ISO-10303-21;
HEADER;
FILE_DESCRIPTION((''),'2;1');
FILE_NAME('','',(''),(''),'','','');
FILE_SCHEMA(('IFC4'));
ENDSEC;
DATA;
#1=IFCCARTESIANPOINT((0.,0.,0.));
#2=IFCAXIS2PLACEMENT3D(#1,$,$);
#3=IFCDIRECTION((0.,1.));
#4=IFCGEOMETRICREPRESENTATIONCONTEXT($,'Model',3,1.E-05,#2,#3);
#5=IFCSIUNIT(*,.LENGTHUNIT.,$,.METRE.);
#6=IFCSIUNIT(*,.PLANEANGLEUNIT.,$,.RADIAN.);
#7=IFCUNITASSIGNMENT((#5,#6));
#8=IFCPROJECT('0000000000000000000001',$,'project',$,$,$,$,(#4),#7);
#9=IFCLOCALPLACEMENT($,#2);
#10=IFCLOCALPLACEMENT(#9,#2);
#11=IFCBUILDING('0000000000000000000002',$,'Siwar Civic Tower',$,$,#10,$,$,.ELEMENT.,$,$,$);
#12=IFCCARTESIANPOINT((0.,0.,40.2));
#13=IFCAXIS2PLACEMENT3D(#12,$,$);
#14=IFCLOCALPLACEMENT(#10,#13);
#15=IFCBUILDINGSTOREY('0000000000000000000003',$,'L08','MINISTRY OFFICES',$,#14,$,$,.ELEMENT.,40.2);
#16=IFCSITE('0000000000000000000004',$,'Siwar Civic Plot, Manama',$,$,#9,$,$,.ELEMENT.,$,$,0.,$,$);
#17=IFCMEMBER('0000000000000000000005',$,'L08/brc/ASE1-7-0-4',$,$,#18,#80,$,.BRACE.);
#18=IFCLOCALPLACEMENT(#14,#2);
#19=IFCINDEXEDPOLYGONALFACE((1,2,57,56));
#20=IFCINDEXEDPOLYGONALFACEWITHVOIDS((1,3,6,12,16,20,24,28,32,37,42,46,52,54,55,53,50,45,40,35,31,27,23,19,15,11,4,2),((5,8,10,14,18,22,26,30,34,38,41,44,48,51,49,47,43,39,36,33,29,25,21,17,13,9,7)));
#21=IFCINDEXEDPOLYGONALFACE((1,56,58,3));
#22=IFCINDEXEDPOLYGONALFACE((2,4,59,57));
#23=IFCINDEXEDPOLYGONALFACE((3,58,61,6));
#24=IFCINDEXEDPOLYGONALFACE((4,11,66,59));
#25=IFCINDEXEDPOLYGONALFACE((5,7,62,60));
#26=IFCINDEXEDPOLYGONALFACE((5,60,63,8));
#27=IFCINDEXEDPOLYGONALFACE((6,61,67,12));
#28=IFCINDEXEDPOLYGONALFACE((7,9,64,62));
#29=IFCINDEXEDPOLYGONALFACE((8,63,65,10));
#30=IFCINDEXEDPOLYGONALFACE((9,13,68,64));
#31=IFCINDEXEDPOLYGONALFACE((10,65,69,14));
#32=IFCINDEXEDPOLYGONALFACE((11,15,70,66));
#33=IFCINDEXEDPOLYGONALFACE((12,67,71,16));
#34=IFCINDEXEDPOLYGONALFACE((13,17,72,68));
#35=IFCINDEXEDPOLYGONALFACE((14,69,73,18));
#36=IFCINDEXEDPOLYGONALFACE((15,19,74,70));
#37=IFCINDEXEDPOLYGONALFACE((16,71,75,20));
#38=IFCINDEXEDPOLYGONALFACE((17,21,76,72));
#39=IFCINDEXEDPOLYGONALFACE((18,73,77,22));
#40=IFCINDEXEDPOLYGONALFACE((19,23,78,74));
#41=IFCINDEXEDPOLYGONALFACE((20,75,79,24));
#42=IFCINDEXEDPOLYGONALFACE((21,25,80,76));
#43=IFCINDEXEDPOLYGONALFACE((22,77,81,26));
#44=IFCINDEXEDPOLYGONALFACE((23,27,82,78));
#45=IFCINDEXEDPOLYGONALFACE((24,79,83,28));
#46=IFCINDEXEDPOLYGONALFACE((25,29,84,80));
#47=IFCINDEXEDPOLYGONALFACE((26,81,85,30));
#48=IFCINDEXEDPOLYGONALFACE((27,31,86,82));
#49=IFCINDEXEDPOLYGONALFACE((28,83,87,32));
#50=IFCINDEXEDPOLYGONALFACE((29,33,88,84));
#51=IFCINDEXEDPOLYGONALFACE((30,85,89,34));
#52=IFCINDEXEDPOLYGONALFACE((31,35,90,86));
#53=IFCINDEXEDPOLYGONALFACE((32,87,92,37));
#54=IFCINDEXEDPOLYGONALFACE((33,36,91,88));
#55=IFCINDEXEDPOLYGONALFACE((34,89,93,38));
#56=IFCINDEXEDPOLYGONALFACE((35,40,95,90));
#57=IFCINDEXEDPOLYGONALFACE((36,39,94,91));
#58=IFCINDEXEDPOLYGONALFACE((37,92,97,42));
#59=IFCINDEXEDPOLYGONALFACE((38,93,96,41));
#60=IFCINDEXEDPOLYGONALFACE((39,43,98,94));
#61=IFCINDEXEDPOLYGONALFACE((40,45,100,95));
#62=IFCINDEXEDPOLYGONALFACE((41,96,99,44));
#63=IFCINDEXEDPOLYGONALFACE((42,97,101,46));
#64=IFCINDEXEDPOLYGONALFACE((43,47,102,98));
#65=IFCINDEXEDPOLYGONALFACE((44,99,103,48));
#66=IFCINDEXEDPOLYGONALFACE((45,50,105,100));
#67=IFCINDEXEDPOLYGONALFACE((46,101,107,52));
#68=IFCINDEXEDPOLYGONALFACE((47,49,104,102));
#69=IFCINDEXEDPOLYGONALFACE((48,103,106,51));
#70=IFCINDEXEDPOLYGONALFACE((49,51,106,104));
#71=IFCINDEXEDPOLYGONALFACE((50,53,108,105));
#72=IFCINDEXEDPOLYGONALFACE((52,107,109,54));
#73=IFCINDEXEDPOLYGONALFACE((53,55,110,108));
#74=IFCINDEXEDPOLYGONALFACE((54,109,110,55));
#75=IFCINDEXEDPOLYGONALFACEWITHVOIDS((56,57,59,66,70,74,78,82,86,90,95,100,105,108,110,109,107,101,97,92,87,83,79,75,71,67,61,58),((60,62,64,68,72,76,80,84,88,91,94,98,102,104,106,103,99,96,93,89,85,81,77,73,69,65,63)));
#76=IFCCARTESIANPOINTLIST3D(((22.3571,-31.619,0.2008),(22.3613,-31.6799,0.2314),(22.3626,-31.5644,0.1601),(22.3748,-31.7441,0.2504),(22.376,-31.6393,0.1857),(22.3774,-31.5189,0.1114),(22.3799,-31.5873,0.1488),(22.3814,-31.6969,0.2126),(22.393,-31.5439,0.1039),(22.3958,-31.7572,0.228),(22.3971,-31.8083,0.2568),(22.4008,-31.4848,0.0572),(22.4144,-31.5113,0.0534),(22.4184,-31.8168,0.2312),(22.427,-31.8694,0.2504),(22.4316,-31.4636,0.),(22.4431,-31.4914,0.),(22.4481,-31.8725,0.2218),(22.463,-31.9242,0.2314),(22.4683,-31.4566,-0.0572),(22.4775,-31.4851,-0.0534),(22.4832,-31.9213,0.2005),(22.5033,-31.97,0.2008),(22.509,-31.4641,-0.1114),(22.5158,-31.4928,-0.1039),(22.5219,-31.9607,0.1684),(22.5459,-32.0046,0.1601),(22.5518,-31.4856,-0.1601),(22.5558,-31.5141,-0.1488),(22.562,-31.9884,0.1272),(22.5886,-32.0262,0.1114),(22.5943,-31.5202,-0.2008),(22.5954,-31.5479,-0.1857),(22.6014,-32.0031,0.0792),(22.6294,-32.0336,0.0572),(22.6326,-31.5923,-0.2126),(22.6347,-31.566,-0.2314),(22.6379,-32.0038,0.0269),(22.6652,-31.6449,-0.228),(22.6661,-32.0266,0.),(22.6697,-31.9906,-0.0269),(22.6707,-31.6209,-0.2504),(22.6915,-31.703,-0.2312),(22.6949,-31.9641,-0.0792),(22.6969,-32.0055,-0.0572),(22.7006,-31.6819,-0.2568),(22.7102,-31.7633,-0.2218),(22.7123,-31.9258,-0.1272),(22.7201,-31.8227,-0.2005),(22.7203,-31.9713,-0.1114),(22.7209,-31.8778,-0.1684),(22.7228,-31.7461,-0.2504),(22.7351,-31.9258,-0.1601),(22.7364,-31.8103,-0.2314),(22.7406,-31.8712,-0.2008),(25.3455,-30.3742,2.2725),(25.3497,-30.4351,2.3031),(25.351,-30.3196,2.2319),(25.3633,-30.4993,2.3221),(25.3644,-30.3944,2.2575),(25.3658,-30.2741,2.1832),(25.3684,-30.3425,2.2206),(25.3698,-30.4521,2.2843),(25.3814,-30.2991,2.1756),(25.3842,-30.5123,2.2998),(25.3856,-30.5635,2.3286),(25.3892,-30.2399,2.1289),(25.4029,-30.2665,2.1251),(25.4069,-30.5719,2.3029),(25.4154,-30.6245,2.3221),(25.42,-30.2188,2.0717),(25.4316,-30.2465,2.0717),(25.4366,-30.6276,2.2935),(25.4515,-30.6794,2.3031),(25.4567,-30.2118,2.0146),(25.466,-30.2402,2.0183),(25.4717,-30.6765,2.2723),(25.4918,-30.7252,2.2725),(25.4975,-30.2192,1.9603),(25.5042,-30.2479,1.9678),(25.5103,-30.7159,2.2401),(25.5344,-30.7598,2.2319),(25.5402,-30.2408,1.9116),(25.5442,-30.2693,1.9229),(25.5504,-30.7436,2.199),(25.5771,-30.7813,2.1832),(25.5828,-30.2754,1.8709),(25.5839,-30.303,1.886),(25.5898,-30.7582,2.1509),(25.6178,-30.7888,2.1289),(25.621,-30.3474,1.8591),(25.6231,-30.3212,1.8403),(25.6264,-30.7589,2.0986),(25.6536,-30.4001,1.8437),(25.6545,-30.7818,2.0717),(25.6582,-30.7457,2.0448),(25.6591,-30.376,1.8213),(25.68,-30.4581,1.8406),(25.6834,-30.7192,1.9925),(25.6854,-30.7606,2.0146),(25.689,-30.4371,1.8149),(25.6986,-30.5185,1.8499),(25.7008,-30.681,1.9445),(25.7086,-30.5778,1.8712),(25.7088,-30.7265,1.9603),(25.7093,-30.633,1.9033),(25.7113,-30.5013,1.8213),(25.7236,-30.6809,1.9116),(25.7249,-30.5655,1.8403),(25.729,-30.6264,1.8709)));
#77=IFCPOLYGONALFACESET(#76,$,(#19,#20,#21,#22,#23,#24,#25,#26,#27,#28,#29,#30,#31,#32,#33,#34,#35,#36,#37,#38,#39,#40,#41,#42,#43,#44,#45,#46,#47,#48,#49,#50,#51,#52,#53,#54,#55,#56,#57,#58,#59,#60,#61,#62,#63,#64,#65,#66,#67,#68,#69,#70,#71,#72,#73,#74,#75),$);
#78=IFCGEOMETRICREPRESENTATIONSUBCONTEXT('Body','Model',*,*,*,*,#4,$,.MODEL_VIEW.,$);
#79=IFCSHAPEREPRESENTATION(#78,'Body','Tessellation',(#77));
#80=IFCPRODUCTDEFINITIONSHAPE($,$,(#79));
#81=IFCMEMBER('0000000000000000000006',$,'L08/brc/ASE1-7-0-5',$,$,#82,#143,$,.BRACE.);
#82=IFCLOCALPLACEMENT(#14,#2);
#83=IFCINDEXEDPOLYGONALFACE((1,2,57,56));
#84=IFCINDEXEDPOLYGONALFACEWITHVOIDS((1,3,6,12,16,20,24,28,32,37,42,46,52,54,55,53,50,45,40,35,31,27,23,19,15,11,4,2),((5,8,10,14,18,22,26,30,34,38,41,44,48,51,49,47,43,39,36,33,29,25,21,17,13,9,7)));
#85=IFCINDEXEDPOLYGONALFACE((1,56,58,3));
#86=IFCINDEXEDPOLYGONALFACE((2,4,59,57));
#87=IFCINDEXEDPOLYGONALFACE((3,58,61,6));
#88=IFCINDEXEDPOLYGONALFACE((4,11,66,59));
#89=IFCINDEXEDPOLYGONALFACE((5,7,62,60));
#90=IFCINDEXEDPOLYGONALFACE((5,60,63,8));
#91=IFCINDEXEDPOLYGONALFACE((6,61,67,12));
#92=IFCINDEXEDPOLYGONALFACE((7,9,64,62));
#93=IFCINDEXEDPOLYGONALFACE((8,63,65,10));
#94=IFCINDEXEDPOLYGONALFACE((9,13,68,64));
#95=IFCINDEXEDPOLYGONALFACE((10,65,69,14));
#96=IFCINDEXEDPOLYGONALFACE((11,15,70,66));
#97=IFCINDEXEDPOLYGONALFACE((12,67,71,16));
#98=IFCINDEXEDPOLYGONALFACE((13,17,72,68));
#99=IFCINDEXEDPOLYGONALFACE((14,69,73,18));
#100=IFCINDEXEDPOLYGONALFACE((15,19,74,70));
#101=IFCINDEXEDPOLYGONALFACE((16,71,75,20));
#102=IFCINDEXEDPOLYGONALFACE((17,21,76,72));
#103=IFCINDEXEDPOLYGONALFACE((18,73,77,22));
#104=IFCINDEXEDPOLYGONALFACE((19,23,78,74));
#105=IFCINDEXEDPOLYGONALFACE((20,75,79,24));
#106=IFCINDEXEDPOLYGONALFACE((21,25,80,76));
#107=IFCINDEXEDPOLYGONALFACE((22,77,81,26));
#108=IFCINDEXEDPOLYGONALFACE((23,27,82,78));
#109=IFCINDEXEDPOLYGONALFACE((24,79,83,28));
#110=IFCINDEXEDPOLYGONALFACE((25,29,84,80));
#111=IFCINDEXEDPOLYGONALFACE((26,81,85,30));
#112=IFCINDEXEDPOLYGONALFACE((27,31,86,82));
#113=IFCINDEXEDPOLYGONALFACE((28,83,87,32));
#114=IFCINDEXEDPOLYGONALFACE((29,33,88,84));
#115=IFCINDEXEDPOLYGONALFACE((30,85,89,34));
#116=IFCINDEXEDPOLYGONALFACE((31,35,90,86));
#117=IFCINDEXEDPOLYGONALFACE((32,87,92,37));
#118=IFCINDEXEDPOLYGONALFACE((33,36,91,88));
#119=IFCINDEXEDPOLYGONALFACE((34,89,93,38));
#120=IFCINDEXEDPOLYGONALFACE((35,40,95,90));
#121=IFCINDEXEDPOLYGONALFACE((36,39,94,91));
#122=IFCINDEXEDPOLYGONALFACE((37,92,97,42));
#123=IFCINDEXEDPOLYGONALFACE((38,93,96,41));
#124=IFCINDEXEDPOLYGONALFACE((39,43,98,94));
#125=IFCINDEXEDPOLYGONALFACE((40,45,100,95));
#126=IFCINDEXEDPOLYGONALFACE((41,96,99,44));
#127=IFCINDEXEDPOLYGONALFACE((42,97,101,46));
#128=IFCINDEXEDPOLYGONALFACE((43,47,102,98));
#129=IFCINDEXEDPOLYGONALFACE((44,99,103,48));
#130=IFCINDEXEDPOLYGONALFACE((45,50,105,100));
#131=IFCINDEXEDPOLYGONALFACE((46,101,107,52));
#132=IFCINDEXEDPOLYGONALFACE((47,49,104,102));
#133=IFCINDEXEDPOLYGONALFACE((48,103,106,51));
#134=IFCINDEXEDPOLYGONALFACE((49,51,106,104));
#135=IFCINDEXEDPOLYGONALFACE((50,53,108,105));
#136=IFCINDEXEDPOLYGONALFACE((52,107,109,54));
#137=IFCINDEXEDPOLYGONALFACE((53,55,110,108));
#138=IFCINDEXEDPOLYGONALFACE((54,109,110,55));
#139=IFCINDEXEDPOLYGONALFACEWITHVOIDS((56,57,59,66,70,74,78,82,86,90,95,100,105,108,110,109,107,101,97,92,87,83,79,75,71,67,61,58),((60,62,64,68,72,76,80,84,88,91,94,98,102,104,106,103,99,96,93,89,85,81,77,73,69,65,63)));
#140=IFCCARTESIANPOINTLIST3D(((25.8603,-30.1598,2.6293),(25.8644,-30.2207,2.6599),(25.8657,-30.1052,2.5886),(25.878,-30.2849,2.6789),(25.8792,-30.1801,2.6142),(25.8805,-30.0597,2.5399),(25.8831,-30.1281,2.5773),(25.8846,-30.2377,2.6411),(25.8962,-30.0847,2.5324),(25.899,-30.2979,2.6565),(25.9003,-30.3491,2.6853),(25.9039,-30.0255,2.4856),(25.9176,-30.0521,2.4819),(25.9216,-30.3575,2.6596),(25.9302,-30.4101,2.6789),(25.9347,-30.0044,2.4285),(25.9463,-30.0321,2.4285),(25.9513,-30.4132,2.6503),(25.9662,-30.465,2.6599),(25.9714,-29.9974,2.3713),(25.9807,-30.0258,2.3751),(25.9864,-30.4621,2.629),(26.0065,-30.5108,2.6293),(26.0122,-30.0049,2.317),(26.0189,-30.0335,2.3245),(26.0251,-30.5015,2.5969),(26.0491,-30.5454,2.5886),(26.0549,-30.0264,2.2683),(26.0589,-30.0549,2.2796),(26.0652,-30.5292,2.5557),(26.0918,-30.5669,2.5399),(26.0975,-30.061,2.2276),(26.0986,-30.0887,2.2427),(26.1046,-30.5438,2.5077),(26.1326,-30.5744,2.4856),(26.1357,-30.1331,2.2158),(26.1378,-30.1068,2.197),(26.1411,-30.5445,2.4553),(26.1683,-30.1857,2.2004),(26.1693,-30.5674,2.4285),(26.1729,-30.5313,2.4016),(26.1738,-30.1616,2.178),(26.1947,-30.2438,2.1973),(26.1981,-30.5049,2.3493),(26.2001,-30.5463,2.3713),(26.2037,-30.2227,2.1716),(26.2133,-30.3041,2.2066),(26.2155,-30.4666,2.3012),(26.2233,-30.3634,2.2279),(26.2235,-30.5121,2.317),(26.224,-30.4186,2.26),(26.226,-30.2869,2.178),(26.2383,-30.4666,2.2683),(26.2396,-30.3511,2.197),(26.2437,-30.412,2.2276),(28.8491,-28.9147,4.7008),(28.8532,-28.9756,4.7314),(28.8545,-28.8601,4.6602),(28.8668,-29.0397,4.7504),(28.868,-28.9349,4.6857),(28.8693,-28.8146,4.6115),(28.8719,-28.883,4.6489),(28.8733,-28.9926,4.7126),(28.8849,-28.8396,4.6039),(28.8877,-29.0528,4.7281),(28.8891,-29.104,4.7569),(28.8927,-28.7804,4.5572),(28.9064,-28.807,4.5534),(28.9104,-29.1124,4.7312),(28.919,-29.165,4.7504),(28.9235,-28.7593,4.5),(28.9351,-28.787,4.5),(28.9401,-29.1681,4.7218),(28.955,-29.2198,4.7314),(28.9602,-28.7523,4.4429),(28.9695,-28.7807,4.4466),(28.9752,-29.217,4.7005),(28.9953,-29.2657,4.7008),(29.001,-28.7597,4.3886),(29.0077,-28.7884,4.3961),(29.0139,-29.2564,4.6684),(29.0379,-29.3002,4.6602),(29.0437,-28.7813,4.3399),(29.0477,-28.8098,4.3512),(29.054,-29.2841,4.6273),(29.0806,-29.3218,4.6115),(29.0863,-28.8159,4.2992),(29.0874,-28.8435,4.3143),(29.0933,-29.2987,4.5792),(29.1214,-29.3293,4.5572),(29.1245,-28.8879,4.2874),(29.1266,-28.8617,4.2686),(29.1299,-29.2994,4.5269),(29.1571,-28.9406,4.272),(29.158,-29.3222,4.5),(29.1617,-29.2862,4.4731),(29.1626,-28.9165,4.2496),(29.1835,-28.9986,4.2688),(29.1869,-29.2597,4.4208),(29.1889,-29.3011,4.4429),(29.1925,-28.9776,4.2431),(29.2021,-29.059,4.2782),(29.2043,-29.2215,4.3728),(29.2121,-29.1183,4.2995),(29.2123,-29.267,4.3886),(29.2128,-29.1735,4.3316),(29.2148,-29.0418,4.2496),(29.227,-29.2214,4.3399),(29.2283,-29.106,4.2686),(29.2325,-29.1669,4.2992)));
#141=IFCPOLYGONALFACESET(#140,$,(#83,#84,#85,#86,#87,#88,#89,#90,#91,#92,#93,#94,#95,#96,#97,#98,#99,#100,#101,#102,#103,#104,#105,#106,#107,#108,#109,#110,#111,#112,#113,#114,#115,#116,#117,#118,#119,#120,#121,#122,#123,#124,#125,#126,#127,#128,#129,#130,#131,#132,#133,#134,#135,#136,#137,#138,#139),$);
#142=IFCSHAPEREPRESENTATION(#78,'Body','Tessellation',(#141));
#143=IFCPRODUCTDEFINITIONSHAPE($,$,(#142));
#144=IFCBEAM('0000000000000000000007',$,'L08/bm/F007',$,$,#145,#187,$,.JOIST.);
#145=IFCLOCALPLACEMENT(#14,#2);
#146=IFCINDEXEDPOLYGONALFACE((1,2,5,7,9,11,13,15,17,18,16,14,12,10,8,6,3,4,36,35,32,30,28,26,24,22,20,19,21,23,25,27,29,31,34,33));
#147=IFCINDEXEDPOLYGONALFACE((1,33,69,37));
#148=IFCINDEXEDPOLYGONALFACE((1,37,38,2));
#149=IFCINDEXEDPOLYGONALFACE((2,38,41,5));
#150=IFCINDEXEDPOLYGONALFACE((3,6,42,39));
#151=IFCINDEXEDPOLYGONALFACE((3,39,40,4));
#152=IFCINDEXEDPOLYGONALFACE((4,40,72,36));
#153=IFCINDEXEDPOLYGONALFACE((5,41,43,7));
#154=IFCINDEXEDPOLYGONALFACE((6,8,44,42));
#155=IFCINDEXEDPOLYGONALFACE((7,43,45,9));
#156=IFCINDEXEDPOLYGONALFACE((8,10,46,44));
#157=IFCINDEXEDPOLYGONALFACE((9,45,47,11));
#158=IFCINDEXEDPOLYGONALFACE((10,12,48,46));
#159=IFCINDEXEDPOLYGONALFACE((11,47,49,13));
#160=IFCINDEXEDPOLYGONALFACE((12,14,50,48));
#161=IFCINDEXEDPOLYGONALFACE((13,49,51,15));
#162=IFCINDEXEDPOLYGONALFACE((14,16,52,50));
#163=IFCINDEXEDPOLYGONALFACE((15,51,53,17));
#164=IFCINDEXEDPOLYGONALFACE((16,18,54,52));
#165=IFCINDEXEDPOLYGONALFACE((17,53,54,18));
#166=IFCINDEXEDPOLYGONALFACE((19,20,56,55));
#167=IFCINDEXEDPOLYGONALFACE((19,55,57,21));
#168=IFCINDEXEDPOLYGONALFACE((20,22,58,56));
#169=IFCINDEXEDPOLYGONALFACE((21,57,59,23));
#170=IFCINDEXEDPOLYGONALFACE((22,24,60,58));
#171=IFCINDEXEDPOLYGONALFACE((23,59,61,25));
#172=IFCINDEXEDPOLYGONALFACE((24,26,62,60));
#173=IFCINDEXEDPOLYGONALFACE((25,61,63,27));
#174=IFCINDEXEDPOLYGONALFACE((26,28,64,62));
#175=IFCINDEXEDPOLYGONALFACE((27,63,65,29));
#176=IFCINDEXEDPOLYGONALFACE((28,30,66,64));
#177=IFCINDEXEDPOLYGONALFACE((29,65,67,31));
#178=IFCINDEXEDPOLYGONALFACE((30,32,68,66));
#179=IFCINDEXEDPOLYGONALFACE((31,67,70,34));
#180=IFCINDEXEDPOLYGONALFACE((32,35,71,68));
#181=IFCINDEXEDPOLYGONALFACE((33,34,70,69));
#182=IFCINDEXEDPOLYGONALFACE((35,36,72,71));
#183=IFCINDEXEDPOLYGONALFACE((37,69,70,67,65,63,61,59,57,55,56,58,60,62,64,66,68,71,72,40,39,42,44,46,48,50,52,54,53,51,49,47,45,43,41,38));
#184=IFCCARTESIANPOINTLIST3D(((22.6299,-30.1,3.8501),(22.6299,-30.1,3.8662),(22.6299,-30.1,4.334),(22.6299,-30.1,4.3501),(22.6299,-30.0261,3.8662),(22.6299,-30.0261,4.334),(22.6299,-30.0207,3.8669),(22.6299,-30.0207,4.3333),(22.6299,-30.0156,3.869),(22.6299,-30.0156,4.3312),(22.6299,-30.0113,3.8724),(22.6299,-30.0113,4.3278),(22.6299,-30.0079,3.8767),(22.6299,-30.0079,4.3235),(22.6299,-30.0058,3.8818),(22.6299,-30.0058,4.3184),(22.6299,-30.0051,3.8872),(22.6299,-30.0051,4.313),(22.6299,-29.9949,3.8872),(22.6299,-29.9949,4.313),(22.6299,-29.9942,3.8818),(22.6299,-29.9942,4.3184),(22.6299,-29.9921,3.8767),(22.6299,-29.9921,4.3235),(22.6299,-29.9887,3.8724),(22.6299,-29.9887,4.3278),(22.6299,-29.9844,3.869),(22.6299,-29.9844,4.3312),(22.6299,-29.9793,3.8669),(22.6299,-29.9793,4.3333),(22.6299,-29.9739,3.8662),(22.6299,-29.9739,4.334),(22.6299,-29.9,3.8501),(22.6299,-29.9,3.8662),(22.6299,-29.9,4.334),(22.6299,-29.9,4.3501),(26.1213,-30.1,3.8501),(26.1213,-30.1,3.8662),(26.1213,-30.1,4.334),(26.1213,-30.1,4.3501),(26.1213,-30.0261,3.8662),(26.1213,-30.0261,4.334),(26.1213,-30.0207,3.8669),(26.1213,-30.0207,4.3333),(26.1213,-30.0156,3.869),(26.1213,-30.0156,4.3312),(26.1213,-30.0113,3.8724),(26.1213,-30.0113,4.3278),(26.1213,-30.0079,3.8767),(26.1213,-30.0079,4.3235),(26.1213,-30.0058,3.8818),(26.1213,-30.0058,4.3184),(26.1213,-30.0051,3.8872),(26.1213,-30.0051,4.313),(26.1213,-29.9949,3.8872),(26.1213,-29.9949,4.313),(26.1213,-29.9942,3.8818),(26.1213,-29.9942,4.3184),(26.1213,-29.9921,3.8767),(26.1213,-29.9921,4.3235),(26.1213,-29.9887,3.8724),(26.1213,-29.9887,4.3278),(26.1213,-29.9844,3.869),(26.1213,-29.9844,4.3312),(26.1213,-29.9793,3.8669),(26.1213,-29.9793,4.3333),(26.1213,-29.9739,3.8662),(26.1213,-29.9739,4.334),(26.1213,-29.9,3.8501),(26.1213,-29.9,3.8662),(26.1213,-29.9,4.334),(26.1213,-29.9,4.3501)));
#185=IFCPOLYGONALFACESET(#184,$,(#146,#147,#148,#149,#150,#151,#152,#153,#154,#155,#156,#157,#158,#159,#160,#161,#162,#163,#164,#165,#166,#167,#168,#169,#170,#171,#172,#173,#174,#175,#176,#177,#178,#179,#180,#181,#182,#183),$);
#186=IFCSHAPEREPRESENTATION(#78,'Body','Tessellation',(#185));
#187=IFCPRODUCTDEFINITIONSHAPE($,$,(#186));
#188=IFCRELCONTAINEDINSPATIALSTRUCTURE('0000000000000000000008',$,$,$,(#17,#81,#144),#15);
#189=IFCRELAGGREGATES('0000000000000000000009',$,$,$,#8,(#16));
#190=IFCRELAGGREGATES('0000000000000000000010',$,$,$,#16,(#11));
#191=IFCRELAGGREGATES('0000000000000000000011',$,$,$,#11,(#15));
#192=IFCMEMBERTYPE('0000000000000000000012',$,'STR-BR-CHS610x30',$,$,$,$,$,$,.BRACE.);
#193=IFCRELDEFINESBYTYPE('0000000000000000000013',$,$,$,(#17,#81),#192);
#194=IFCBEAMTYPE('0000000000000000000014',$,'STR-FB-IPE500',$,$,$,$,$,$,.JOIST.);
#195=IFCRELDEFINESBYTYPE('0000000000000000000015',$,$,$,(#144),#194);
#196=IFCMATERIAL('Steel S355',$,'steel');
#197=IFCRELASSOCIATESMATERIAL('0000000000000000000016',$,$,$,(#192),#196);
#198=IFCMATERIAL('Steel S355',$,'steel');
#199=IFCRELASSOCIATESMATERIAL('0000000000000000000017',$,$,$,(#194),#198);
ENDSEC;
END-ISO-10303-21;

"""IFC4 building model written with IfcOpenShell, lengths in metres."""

from ifc_helpers import new_model, si_unit, direction, frame, origin, origin_2d, place, context, subcontext, project, spatial, hollow_circle, i_section, extrude, material, material_profile, profile_set, type_object, element, save


model = new_model("IFC4")

# Units and contexts
model_context = context("Model", 3, precision=1e-05, world=origin(), true_north=direction((0.0, 1.0)))
body_context = subcontext(model_context, "Body", "Model", "MODEL_VIEW")
ifc_project = project(units=[si_unit("LENGTHUNIT", "METRE"), si_unit("PLANEANGLEUNIT", "RADIAN")], contexts=[model_context])

# Site, building, storey
site_placement = place(None, origin())
site = spatial("IfcSite", under=ifc_project, at=site_placement, Name="Siwar Civic Plot, Manama", CompositionType="ELEMENT", RefElevation=0.0)
building_placement = place(site_placement, origin())
building = spatial("IfcBuilding", under=site, at=building_placement, Name="Siwar Civic Tower", CompositionType="ELEMENT")
storey_placement = place(building_placement, frame((0.0, 0.0, 40.2)))
storey = spatial("IfcBuildingStorey", under=building, at=storey_placement, Name="L08", Description="MINISTRY OFFICES", CompositionType="ELEMENT", Elevation=40.2)

# Members
ifc_material_1 = material(Name="Steel S355", Category="steel")
ifc_material_profile_1 = material_profile(ifc_material_1, hollow_circle(Radius=0.3049, WallThickness=0.03, at=origin_2d()), Name="CHS610x30")
ifc_profile_set_1 = profile_set([ifc_material_profile_1], Name="Steel S355")
member_type_1 = type_object("IfcMemberType", Name="STR-BR-CHS610x30", PredefinedType="BRACE", material=ifc_profile_set_1)
member_1_placement = place(storey_placement, frame((22.5488, -31.7451, 0.0), z_axis=(0.777533, 0.323882, 0.53902), x_axis=(-0.384524, 0.923115, 0.0)))
element("IfcMember", 1, at=member_1_placement, inside=storey, type_object=member_type_1, Name="L08/brc/ASE1-7-0-4", PredefinedType="BRACE", context=body_context, shape_type="SweptSolid", body=[
    extrude(hollow_circle(Radius=0.3049, WallThickness=0.03, at=origin_2d()), origin(), (0.0, 0.0, 1.0), 3.8435),
])
member_2_placement = place(storey_placement, frame((26.052, -30.2859, 2.4285), z_axis=(0.777569, 0.323934, 0.538937), x_axis=(-0.384562, 0.923099, 0.0)))
element("IfcMember", 2, at=member_2_placement, inside=storey, type_object=member_type_1, Name="L08/brc/ASE1-7-0-5", PredefinedType="BRACE", context=body_context, shape_type="SweptSolid", body=[
    extrude(hollow_circle(Radius=0.3049, WallThickness=0.03, at=origin_2d()), origin(), (0.0, 0.0, 1.0), 3.8438),
])

# Beam
ifc_material_2 = material(Name="Steel S355", Category="steel")
ifc_material_profile_2 = material_profile(ifc_material_2, i_section(OverallWidth=0.2, OverallDepth=0.5, WebThickness=0.0103, FlangeThickness=0.0161, FilletRadius=0.021, at=origin_2d()), Name="IPE500")
ifc_profile_set_2 = profile_set([ifc_material_profile_2], Name="Steel S355")
beam_type_1 = type_object("IfcBeamType", Name="STR-FB-IPE500", PredefinedType="JOIST", material=ifc_profile_set_2)
beam_1_placement = place(storey_placement, frame((22.6299, -30.0, 4.1001), z_axis=(1.0, 0.0, 0.0), x_axis=(0.0, 1.0, 0.0)))
element("IfcBeam", 3, at=beam_1_placement, inside=storey, type_object=beam_type_1, Name="L08/bm/F007", PredefinedType="JOIST", context=body_context, shape_type="SweptSolid", body=[
    extrude(i_section(OverallWidth=0.2, OverallDepth=0.5, WebThickness=0.0103, FlangeThickness=0.0161, FilletRadius=0.021, at=origin_2d()), origin(), (0.0, 0.0, 1.0), 3.4915),
])

save(model, "model.ifc")
